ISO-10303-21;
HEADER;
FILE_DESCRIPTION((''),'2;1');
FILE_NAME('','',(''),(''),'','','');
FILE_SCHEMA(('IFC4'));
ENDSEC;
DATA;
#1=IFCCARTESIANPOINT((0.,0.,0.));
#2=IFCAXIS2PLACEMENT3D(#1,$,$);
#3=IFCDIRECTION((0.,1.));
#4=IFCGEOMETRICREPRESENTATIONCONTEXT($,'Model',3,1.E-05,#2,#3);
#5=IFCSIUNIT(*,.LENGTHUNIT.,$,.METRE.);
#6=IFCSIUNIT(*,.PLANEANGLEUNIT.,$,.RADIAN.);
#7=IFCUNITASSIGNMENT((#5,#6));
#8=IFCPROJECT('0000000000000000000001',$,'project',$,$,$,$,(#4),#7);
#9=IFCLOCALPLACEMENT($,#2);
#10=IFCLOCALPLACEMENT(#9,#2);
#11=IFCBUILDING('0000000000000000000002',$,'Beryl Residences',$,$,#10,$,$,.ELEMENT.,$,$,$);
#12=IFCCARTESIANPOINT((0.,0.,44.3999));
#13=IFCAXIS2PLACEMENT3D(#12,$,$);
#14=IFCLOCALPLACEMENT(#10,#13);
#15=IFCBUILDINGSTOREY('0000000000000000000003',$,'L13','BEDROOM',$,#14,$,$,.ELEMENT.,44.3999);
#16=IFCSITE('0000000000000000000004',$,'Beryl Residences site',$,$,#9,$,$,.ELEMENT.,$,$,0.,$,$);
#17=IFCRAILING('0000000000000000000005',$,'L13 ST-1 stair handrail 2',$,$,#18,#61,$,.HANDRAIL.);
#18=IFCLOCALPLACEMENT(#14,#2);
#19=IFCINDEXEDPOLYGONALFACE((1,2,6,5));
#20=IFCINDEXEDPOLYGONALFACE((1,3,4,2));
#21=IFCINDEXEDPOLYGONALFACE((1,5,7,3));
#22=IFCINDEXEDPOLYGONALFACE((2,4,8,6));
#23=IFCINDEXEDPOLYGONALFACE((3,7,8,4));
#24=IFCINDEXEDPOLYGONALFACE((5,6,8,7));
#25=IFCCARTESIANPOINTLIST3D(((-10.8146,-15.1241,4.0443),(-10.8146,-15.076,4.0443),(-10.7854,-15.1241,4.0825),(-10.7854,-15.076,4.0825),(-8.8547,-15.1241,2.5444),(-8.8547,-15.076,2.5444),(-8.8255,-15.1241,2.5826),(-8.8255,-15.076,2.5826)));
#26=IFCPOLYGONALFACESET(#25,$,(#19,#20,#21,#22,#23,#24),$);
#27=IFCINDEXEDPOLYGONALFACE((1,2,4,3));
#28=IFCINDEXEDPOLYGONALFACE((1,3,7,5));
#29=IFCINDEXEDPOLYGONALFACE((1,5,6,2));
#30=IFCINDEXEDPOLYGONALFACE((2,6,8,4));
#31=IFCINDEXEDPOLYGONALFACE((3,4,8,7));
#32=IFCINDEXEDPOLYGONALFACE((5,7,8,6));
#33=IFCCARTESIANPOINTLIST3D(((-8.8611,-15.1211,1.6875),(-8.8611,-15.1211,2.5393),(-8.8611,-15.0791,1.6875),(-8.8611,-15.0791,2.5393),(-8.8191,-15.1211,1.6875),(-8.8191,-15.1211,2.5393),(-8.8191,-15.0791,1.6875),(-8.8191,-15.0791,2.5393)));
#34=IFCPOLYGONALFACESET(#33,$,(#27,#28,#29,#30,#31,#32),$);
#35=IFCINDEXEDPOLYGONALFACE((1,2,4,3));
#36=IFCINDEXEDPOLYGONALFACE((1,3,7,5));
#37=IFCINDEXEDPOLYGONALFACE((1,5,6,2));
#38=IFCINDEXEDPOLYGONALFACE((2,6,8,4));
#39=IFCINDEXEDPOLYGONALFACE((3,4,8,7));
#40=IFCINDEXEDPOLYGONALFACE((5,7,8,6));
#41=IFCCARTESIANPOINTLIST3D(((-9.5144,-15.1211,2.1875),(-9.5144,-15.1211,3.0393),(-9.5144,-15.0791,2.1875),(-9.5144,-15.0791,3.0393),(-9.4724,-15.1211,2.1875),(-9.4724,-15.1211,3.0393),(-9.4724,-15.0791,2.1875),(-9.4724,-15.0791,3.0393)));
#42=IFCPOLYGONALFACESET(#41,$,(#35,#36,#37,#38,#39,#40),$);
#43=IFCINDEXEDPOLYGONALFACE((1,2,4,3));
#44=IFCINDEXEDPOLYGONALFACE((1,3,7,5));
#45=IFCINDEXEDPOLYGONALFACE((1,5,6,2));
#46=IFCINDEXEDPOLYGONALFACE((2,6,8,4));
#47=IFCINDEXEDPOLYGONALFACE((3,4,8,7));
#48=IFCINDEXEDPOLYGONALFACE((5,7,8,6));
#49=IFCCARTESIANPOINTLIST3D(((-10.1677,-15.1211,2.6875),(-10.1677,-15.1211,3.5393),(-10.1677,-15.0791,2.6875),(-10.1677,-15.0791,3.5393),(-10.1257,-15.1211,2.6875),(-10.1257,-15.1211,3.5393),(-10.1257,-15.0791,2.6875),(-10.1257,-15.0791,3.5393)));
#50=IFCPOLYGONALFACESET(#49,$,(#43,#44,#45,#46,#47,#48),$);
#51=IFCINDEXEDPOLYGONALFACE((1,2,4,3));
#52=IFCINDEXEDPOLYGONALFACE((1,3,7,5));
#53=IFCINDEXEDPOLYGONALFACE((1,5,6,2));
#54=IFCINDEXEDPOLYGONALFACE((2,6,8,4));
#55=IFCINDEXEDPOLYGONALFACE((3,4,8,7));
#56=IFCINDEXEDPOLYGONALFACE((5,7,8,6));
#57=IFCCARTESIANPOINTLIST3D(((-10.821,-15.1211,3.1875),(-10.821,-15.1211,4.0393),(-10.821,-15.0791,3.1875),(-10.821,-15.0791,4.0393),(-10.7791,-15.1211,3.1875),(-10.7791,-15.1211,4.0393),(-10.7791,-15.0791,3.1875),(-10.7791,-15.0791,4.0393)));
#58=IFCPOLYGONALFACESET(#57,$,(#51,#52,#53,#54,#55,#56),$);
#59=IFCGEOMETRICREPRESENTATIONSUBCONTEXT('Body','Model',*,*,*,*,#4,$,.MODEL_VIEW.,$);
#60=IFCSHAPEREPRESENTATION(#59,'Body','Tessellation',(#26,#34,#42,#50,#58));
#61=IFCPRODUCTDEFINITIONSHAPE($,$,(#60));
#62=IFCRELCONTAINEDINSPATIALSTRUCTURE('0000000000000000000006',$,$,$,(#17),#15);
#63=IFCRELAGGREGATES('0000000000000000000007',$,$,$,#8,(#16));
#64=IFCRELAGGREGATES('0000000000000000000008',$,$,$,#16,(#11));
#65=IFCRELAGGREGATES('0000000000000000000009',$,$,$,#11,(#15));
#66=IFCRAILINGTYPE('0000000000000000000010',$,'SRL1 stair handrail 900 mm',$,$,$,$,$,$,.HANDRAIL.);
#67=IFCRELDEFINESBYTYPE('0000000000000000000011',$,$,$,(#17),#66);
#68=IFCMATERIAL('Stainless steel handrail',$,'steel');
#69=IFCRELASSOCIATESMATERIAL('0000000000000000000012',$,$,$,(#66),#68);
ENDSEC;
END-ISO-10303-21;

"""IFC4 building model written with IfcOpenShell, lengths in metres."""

from ifc_helpers import new_model, si_unit, direction, frame, origin, origin_2d, place, context, subcontext, project, spatial, rectangle, extrude, material, type_object, element, save


model = new_model("IFC4")

# Units and contexts
model_context = context("Model", 3, precision=1e-05, world=origin(), true_north=direction((0.0, 1.0)))
body_context = subcontext(model_context, "Body", "Model", "MODEL_VIEW")
ifc_project = project(units=[si_unit("LENGTHUNIT", "METRE"), si_unit("PLANEANGLEUNIT", "RADIAN")], contexts=[model_context])

# Site, building, storey
site_placement = place(None, origin())
site = spatial("IfcSite", under=ifc_project, at=site_placement, Name="Beryl Residences site", CompositionType="ELEMENT", RefElevation=0.0)
building_placement = place(site_placement, origin())
building = spatial("IfcBuilding", under=site, at=building_placement, Name="Beryl Residences", CompositionType="ELEMENT")
storey_placement = place(building_placement, frame((0.0, 0.0, 44.3999)))
storey = spatial("IfcBuildingStorey", under=building, at=storey_placement, Name="L13", Description="BEDROOM", CompositionType="ELEMENT", Elevation=44.3999)

# Railing
ifc_material_1 = material(Name="Stainless steel handrail", Category="steel")
railing_type_1 = type_object("IfcRailingType", Name="SRL1 stair handrail 900 mm", PredefinedType="HANDRAIL", material=ifc_material_1)
railing_1_placement = place(storey_placement, frame((-8.8401, -15.1001, 1.6875)))
element("IfcRailing", 1, at=railing_1_placement, inside=storey, type_object=railing_type_1, Name="L13 ST-1 stair handrail 2", PredefinedType="HANDRAIL", context=body_context, shape_type="SweptSolid", body=[
    extrude(rectangle(XDim=0.0481, YDim=0.0481, at=origin_2d()), frame((0.0, 0.0, 0.876), z_axis=(-0.794122, 0.0, 0.607758), x_axis=(0.0, -1.0, 0.0)), (0.0, 0.0, 1.0), 2.468),
    extrude(rectangle(XDim=0.042, YDim=0.042, at=origin_2d()), origin(), (0.0, 0.0, 1.0), 0.8518),
    extrude(rectangle(XDim=0.042, YDim=0.042, at=origin_2d()), frame((-0.6533, 0.0, 0.5)), (0.0, 0.0, 1.0), 0.8518),
    extrude(rectangle(XDim=0.042, YDim=0.042, at=origin_2d()), frame((-1.3066, 0.0, 1.0)), (0.0, 0.0, 1.0), 0.8518),
    extrude(rectangle(XDim=0.042, YDim=0.042, at=origin_2d()), frame((-1.96, 0.0, 1.5)), (0.0, 0.0, 1.0), 0.8518),
])

save(model, "model.ifc")
